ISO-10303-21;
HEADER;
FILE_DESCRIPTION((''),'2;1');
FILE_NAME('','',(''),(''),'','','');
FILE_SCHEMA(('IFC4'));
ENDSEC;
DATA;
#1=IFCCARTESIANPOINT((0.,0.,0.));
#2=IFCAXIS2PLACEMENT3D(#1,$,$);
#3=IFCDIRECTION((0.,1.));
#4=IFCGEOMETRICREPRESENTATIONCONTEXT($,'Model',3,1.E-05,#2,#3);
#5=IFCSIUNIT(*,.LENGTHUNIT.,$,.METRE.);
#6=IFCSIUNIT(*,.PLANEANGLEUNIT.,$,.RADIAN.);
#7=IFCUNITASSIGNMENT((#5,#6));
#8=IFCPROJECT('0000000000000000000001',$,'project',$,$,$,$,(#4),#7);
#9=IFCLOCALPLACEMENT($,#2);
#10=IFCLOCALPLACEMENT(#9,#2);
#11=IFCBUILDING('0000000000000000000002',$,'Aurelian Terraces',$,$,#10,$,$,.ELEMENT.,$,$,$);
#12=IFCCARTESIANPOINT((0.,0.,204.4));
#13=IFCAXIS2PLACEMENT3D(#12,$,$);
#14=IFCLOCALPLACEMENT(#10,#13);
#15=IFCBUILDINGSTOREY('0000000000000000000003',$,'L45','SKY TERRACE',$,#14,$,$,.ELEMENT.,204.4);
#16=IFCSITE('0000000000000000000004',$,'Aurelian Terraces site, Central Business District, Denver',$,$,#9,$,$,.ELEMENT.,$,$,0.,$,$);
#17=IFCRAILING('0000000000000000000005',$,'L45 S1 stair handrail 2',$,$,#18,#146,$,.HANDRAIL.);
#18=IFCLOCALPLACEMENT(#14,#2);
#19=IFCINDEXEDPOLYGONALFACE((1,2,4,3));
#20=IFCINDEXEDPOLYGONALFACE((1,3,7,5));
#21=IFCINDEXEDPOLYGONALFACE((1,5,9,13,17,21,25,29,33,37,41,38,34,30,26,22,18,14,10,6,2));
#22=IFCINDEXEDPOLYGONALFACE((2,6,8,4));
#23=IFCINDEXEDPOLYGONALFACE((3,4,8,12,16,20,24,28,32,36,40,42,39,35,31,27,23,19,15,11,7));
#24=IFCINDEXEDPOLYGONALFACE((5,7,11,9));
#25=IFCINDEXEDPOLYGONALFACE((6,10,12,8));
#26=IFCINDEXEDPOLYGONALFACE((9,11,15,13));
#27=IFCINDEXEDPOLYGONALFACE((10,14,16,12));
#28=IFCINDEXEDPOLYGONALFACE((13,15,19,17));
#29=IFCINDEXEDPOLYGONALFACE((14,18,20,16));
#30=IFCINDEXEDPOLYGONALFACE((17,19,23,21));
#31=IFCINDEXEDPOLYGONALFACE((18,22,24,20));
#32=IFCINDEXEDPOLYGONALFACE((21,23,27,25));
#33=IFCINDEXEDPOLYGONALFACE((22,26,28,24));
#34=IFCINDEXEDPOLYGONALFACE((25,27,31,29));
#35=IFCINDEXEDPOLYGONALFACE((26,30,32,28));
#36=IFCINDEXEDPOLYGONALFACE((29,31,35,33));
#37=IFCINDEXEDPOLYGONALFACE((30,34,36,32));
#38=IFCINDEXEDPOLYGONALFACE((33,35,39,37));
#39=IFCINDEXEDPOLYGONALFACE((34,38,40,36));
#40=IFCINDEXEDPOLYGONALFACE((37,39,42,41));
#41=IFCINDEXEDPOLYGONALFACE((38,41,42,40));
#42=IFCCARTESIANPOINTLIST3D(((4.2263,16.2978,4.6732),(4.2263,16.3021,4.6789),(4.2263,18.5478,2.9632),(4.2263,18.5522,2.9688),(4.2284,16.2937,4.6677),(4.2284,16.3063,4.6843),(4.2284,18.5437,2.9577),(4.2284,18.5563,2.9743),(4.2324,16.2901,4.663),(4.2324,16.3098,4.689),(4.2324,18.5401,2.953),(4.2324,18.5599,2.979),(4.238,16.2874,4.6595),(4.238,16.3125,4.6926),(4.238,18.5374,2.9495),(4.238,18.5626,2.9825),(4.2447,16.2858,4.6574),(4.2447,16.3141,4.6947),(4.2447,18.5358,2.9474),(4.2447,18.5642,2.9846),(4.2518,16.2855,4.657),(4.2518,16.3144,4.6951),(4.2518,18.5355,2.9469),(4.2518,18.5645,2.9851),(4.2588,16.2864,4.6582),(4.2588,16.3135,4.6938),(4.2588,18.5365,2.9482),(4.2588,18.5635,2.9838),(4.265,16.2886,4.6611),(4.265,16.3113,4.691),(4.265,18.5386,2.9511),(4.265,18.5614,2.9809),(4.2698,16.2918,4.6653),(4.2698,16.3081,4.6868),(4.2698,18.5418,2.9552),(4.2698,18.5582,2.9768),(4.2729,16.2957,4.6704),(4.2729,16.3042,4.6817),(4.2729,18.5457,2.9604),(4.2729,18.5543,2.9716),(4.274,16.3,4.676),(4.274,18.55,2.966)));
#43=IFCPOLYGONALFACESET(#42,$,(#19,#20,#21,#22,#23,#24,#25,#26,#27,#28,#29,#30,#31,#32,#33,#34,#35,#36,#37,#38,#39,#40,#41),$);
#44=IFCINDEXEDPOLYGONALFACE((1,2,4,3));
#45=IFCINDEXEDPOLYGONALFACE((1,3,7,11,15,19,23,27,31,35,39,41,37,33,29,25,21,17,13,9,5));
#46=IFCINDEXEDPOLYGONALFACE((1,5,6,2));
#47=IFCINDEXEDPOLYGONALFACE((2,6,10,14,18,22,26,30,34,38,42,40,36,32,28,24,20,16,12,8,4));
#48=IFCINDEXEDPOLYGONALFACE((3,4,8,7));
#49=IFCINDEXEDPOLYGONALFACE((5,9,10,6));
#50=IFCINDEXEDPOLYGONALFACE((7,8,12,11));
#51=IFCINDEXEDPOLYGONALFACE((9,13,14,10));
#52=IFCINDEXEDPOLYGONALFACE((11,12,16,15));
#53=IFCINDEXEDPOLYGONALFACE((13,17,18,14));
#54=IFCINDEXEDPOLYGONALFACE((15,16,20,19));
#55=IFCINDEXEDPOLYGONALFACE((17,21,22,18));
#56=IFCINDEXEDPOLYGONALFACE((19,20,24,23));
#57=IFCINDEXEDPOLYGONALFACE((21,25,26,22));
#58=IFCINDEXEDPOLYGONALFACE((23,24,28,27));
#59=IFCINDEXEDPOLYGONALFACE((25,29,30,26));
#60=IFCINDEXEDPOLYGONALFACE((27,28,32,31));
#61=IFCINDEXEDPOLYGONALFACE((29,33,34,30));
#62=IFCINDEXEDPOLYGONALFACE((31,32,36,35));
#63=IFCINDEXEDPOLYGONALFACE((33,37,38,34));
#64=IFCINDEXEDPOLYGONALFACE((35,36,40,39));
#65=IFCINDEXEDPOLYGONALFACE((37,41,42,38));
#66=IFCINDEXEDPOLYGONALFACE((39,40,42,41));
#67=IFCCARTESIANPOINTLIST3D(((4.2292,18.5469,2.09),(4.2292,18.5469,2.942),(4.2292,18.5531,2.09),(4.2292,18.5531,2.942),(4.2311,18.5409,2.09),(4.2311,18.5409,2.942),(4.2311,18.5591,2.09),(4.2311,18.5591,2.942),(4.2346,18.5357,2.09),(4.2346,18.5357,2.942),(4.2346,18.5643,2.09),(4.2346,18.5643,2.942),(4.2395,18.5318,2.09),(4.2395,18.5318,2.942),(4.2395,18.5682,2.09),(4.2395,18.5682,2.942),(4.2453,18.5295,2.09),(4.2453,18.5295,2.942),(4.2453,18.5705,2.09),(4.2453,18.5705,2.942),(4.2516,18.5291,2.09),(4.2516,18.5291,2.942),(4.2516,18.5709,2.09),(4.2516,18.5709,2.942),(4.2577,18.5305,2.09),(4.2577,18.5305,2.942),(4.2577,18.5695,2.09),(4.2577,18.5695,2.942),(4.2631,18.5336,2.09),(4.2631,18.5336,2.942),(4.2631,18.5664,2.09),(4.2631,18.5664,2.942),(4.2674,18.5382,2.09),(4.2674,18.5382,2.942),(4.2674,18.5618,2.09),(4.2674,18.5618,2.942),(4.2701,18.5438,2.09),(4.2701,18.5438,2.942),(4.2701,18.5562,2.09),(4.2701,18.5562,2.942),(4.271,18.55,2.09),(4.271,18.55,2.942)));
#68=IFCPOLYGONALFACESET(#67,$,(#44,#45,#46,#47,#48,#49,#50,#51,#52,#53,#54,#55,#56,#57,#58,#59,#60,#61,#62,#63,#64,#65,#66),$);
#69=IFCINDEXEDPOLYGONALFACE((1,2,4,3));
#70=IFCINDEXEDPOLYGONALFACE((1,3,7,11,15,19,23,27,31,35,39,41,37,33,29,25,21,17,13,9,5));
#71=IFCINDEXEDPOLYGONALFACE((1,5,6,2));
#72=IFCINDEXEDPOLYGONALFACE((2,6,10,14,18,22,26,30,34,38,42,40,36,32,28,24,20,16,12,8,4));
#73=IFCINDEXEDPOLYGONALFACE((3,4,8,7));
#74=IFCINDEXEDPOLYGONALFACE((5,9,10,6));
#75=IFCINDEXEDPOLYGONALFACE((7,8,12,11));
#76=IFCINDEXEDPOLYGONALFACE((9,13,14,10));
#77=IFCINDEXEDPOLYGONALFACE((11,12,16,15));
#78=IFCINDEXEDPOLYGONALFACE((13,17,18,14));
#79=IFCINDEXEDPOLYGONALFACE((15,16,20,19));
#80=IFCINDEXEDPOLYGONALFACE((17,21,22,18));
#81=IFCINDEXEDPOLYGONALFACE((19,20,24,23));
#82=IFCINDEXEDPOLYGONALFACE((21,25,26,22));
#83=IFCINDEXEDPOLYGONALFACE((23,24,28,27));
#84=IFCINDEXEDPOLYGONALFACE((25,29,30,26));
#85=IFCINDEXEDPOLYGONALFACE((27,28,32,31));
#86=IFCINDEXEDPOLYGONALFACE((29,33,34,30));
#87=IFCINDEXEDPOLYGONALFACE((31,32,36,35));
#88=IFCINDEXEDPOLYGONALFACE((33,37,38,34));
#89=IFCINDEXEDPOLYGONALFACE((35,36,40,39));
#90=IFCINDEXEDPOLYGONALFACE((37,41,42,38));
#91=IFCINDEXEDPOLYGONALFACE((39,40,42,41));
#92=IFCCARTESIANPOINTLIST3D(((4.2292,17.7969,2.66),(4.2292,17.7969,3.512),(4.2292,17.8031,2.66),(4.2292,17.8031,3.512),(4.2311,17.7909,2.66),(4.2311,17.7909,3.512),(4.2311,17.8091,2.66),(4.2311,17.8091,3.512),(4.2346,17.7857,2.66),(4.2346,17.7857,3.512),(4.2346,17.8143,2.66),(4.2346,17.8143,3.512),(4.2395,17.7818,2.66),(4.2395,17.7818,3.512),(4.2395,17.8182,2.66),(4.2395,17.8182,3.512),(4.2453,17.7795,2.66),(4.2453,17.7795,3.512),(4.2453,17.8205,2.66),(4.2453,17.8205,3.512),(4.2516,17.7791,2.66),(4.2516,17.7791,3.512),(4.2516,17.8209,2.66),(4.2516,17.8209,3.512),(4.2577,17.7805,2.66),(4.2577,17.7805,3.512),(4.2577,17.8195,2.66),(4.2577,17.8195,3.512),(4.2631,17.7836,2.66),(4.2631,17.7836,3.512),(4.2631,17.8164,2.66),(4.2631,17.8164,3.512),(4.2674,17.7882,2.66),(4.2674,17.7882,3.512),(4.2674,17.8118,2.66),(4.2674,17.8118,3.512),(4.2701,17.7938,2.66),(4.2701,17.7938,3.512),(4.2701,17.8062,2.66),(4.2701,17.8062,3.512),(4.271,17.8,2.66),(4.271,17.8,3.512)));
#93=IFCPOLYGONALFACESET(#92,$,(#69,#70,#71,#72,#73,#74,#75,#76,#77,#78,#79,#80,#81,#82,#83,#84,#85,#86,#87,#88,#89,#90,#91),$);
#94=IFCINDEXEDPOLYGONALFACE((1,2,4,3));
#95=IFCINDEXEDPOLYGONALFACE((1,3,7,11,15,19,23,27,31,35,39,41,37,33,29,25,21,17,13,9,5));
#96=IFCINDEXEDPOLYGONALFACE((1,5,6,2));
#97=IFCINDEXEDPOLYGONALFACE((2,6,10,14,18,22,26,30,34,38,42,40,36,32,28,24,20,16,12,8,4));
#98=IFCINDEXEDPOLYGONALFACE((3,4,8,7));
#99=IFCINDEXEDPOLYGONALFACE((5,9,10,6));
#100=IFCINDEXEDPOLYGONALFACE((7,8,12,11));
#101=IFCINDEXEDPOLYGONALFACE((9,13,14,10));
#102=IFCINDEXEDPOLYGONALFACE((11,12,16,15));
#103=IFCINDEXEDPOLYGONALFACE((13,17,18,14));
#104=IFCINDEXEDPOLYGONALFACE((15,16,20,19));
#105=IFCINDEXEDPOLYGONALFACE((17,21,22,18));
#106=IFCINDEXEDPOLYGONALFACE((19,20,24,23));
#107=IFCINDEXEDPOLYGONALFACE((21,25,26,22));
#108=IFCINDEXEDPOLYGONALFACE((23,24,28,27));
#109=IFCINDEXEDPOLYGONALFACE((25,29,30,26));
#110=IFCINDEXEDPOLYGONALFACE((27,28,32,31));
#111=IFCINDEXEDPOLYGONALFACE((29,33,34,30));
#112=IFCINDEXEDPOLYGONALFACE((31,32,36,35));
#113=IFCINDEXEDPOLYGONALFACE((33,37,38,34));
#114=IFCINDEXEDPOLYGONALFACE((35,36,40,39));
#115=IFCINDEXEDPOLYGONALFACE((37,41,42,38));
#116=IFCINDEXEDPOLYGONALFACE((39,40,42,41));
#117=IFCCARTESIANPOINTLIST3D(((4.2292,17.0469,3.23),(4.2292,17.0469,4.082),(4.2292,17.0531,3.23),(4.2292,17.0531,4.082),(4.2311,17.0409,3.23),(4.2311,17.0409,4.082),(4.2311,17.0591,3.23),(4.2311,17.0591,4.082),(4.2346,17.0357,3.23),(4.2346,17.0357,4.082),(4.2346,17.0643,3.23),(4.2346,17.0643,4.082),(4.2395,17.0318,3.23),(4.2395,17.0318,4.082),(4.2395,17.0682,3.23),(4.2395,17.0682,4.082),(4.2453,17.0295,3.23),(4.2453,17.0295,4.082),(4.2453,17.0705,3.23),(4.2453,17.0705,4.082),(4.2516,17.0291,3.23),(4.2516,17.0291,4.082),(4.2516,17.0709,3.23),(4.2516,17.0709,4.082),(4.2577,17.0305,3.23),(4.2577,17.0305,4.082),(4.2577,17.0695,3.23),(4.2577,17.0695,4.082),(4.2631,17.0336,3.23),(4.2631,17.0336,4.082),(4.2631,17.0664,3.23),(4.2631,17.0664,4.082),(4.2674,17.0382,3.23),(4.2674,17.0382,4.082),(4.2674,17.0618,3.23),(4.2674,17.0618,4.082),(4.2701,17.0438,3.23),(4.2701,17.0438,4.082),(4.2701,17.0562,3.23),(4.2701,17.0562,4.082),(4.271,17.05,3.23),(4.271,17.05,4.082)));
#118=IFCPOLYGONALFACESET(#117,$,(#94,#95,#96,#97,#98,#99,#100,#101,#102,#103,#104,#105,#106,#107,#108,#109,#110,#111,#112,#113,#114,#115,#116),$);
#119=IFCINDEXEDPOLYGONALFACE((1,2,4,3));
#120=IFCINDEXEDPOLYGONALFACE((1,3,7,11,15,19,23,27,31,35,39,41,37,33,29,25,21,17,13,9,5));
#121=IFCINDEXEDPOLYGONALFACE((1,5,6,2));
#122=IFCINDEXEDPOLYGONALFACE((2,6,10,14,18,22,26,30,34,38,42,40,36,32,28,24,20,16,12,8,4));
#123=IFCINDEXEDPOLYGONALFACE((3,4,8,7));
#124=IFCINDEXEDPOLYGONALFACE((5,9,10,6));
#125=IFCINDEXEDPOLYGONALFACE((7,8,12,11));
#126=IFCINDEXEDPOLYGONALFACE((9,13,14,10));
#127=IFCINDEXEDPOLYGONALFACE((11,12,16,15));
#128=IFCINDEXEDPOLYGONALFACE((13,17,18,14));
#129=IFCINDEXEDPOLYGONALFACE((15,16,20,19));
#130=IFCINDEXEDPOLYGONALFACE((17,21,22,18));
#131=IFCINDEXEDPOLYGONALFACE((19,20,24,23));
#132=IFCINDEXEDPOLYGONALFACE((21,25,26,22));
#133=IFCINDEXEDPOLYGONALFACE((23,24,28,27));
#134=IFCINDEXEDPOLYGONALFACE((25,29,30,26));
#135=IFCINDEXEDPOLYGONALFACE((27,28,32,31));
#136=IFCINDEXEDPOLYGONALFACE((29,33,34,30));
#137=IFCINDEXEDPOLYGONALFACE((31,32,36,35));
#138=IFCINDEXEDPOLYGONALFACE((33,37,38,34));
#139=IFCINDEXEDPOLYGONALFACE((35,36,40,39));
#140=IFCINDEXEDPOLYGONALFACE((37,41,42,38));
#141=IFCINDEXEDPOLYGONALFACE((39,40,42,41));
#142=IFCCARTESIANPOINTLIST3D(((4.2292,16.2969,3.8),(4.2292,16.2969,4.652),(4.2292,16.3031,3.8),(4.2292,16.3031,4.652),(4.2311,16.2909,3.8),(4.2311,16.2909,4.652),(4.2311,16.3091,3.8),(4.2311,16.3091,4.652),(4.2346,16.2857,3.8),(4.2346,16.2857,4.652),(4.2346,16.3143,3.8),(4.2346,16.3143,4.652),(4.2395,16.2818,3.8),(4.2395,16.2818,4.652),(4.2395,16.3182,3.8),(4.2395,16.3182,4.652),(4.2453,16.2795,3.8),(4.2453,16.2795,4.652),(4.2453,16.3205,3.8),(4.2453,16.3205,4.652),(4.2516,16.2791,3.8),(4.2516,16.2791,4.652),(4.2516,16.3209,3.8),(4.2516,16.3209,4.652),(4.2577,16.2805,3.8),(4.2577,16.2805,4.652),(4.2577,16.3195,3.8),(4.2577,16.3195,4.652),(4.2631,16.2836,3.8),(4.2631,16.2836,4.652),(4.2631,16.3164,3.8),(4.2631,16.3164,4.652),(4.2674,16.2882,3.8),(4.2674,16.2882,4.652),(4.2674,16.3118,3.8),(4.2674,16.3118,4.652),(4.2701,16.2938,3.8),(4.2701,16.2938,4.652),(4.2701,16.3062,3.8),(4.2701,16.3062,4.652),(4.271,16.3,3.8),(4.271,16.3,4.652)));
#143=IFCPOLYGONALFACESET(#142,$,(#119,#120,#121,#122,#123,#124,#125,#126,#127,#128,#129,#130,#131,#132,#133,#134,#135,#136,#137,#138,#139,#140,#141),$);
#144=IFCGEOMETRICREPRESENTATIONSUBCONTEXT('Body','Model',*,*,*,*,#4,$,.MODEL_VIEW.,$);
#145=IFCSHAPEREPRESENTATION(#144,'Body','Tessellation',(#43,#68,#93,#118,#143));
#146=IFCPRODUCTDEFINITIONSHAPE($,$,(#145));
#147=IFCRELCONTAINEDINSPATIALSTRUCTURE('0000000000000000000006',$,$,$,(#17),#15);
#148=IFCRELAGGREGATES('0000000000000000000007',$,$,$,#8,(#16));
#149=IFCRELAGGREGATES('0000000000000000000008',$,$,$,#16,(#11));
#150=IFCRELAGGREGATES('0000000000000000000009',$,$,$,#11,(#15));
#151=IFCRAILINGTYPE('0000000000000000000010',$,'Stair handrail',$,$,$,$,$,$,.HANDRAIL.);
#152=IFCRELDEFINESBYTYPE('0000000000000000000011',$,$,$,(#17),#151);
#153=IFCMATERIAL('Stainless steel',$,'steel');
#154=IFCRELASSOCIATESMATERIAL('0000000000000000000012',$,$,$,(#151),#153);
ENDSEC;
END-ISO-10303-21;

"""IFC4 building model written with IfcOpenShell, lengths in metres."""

from ifc_helpers import new_model, si_unit, direction, frame, origin, origin_2d, place, context, subcontext, project, spatial, circle, extrude, source, transform, mapped, material, type_object, element, save


model = new_model("IFC4")

# Units and contexts
model_context = context("Model", 3, precision=1e-05, world=origin(), true_north=direction((0.0, 1.0)))
body_context = subcontext(model_context, "Body", "Model", "MODEL_VIEW")
ifc_project = project(units=[si_unit("LENGTHUNIT", "METRE"), si_unit("PLANEANGLEUNIT", "RADIAN")], contexts=[model_context])

# Site, building, storey
site_placement = place(None, origin())
site = spatial("IfcSite", under=ifc_project, at=site_placement, Name="Aurelian Terraces site, Central Business District, Denver", CompositionType="ELEMENT", RefElevation=0.0)
building_placement = place(site_placement, origin())
building = spatial("IfcBuilding", under=site, at=building_placement, Name="Aurelian Terraces", CompositionType="ELEMENT")
storey_placement = place(building_placement, frame((0.0, 0.0, 204.4)))
storey = spatial("IfcBuildingStorey", under=building, at=storey_placement, Name="L45", Description="SKY TERRACE", CompositionType="ELEMENT", Elevation=204.4)

# Shared definitions
ifc_material_1 = material(Name="Stainless steel", Category="steel")

# Railing
railing_type_1 = type_object("IfcRailingType", Name="Stair handrail", PredefinedType="HANDRAIL", material=ifc_material_1)
shared_shape_1 = source(origin(), body_context, "Body", "SweptSolid", [
    extrude(circle(Radius=0.024, at=origin_2d()), frame((0.0, 0.0, 0.876), z_axis=(0.0, -0.796162, 0.605083), x_axis=(1.0, 0.0, 0.0)), (0.0, 0.0, 1.0), 2.8261),
    extrude(circle(Radius=0.021, at=origin_2d()), origin(), (0.0, 0.0, 1.0), 0.852),
    extrude(circle(Radius=0.021, at=origin_2d()), frame((0.0, -0.75, 0.57)), (0.0, 0.0, 1.0), 0.852),
    extrude(circle(Radius=0.021, at=origin_2d()), frame((0.0, -1.5, 1.14)), (0.0, 0.0, 1.0), 0.852),
    extrude(circle(Radius=0.021, at=origin_2d()), frame((0.0, -2.25, 1.71)), (0.0, 0.0, 1.0), 0.852),
])
railing_1_placement = place(storey_placement, frame((4.25, 18.55, 2.09)))
element("IfcRailing", 1, at=railing_1_placement, inside=storey, type_object=railing_type_1, Name="L45 S1 stair handrail 2", PredefinedType="HANDRAIL", context=body_context, shape_type="MappedRepresentation", body=[
    mapped(shared_shape_1, transform((0.0, 0.0, 0.0), scale=1.0)),
])

save(model, "model.ifc")
